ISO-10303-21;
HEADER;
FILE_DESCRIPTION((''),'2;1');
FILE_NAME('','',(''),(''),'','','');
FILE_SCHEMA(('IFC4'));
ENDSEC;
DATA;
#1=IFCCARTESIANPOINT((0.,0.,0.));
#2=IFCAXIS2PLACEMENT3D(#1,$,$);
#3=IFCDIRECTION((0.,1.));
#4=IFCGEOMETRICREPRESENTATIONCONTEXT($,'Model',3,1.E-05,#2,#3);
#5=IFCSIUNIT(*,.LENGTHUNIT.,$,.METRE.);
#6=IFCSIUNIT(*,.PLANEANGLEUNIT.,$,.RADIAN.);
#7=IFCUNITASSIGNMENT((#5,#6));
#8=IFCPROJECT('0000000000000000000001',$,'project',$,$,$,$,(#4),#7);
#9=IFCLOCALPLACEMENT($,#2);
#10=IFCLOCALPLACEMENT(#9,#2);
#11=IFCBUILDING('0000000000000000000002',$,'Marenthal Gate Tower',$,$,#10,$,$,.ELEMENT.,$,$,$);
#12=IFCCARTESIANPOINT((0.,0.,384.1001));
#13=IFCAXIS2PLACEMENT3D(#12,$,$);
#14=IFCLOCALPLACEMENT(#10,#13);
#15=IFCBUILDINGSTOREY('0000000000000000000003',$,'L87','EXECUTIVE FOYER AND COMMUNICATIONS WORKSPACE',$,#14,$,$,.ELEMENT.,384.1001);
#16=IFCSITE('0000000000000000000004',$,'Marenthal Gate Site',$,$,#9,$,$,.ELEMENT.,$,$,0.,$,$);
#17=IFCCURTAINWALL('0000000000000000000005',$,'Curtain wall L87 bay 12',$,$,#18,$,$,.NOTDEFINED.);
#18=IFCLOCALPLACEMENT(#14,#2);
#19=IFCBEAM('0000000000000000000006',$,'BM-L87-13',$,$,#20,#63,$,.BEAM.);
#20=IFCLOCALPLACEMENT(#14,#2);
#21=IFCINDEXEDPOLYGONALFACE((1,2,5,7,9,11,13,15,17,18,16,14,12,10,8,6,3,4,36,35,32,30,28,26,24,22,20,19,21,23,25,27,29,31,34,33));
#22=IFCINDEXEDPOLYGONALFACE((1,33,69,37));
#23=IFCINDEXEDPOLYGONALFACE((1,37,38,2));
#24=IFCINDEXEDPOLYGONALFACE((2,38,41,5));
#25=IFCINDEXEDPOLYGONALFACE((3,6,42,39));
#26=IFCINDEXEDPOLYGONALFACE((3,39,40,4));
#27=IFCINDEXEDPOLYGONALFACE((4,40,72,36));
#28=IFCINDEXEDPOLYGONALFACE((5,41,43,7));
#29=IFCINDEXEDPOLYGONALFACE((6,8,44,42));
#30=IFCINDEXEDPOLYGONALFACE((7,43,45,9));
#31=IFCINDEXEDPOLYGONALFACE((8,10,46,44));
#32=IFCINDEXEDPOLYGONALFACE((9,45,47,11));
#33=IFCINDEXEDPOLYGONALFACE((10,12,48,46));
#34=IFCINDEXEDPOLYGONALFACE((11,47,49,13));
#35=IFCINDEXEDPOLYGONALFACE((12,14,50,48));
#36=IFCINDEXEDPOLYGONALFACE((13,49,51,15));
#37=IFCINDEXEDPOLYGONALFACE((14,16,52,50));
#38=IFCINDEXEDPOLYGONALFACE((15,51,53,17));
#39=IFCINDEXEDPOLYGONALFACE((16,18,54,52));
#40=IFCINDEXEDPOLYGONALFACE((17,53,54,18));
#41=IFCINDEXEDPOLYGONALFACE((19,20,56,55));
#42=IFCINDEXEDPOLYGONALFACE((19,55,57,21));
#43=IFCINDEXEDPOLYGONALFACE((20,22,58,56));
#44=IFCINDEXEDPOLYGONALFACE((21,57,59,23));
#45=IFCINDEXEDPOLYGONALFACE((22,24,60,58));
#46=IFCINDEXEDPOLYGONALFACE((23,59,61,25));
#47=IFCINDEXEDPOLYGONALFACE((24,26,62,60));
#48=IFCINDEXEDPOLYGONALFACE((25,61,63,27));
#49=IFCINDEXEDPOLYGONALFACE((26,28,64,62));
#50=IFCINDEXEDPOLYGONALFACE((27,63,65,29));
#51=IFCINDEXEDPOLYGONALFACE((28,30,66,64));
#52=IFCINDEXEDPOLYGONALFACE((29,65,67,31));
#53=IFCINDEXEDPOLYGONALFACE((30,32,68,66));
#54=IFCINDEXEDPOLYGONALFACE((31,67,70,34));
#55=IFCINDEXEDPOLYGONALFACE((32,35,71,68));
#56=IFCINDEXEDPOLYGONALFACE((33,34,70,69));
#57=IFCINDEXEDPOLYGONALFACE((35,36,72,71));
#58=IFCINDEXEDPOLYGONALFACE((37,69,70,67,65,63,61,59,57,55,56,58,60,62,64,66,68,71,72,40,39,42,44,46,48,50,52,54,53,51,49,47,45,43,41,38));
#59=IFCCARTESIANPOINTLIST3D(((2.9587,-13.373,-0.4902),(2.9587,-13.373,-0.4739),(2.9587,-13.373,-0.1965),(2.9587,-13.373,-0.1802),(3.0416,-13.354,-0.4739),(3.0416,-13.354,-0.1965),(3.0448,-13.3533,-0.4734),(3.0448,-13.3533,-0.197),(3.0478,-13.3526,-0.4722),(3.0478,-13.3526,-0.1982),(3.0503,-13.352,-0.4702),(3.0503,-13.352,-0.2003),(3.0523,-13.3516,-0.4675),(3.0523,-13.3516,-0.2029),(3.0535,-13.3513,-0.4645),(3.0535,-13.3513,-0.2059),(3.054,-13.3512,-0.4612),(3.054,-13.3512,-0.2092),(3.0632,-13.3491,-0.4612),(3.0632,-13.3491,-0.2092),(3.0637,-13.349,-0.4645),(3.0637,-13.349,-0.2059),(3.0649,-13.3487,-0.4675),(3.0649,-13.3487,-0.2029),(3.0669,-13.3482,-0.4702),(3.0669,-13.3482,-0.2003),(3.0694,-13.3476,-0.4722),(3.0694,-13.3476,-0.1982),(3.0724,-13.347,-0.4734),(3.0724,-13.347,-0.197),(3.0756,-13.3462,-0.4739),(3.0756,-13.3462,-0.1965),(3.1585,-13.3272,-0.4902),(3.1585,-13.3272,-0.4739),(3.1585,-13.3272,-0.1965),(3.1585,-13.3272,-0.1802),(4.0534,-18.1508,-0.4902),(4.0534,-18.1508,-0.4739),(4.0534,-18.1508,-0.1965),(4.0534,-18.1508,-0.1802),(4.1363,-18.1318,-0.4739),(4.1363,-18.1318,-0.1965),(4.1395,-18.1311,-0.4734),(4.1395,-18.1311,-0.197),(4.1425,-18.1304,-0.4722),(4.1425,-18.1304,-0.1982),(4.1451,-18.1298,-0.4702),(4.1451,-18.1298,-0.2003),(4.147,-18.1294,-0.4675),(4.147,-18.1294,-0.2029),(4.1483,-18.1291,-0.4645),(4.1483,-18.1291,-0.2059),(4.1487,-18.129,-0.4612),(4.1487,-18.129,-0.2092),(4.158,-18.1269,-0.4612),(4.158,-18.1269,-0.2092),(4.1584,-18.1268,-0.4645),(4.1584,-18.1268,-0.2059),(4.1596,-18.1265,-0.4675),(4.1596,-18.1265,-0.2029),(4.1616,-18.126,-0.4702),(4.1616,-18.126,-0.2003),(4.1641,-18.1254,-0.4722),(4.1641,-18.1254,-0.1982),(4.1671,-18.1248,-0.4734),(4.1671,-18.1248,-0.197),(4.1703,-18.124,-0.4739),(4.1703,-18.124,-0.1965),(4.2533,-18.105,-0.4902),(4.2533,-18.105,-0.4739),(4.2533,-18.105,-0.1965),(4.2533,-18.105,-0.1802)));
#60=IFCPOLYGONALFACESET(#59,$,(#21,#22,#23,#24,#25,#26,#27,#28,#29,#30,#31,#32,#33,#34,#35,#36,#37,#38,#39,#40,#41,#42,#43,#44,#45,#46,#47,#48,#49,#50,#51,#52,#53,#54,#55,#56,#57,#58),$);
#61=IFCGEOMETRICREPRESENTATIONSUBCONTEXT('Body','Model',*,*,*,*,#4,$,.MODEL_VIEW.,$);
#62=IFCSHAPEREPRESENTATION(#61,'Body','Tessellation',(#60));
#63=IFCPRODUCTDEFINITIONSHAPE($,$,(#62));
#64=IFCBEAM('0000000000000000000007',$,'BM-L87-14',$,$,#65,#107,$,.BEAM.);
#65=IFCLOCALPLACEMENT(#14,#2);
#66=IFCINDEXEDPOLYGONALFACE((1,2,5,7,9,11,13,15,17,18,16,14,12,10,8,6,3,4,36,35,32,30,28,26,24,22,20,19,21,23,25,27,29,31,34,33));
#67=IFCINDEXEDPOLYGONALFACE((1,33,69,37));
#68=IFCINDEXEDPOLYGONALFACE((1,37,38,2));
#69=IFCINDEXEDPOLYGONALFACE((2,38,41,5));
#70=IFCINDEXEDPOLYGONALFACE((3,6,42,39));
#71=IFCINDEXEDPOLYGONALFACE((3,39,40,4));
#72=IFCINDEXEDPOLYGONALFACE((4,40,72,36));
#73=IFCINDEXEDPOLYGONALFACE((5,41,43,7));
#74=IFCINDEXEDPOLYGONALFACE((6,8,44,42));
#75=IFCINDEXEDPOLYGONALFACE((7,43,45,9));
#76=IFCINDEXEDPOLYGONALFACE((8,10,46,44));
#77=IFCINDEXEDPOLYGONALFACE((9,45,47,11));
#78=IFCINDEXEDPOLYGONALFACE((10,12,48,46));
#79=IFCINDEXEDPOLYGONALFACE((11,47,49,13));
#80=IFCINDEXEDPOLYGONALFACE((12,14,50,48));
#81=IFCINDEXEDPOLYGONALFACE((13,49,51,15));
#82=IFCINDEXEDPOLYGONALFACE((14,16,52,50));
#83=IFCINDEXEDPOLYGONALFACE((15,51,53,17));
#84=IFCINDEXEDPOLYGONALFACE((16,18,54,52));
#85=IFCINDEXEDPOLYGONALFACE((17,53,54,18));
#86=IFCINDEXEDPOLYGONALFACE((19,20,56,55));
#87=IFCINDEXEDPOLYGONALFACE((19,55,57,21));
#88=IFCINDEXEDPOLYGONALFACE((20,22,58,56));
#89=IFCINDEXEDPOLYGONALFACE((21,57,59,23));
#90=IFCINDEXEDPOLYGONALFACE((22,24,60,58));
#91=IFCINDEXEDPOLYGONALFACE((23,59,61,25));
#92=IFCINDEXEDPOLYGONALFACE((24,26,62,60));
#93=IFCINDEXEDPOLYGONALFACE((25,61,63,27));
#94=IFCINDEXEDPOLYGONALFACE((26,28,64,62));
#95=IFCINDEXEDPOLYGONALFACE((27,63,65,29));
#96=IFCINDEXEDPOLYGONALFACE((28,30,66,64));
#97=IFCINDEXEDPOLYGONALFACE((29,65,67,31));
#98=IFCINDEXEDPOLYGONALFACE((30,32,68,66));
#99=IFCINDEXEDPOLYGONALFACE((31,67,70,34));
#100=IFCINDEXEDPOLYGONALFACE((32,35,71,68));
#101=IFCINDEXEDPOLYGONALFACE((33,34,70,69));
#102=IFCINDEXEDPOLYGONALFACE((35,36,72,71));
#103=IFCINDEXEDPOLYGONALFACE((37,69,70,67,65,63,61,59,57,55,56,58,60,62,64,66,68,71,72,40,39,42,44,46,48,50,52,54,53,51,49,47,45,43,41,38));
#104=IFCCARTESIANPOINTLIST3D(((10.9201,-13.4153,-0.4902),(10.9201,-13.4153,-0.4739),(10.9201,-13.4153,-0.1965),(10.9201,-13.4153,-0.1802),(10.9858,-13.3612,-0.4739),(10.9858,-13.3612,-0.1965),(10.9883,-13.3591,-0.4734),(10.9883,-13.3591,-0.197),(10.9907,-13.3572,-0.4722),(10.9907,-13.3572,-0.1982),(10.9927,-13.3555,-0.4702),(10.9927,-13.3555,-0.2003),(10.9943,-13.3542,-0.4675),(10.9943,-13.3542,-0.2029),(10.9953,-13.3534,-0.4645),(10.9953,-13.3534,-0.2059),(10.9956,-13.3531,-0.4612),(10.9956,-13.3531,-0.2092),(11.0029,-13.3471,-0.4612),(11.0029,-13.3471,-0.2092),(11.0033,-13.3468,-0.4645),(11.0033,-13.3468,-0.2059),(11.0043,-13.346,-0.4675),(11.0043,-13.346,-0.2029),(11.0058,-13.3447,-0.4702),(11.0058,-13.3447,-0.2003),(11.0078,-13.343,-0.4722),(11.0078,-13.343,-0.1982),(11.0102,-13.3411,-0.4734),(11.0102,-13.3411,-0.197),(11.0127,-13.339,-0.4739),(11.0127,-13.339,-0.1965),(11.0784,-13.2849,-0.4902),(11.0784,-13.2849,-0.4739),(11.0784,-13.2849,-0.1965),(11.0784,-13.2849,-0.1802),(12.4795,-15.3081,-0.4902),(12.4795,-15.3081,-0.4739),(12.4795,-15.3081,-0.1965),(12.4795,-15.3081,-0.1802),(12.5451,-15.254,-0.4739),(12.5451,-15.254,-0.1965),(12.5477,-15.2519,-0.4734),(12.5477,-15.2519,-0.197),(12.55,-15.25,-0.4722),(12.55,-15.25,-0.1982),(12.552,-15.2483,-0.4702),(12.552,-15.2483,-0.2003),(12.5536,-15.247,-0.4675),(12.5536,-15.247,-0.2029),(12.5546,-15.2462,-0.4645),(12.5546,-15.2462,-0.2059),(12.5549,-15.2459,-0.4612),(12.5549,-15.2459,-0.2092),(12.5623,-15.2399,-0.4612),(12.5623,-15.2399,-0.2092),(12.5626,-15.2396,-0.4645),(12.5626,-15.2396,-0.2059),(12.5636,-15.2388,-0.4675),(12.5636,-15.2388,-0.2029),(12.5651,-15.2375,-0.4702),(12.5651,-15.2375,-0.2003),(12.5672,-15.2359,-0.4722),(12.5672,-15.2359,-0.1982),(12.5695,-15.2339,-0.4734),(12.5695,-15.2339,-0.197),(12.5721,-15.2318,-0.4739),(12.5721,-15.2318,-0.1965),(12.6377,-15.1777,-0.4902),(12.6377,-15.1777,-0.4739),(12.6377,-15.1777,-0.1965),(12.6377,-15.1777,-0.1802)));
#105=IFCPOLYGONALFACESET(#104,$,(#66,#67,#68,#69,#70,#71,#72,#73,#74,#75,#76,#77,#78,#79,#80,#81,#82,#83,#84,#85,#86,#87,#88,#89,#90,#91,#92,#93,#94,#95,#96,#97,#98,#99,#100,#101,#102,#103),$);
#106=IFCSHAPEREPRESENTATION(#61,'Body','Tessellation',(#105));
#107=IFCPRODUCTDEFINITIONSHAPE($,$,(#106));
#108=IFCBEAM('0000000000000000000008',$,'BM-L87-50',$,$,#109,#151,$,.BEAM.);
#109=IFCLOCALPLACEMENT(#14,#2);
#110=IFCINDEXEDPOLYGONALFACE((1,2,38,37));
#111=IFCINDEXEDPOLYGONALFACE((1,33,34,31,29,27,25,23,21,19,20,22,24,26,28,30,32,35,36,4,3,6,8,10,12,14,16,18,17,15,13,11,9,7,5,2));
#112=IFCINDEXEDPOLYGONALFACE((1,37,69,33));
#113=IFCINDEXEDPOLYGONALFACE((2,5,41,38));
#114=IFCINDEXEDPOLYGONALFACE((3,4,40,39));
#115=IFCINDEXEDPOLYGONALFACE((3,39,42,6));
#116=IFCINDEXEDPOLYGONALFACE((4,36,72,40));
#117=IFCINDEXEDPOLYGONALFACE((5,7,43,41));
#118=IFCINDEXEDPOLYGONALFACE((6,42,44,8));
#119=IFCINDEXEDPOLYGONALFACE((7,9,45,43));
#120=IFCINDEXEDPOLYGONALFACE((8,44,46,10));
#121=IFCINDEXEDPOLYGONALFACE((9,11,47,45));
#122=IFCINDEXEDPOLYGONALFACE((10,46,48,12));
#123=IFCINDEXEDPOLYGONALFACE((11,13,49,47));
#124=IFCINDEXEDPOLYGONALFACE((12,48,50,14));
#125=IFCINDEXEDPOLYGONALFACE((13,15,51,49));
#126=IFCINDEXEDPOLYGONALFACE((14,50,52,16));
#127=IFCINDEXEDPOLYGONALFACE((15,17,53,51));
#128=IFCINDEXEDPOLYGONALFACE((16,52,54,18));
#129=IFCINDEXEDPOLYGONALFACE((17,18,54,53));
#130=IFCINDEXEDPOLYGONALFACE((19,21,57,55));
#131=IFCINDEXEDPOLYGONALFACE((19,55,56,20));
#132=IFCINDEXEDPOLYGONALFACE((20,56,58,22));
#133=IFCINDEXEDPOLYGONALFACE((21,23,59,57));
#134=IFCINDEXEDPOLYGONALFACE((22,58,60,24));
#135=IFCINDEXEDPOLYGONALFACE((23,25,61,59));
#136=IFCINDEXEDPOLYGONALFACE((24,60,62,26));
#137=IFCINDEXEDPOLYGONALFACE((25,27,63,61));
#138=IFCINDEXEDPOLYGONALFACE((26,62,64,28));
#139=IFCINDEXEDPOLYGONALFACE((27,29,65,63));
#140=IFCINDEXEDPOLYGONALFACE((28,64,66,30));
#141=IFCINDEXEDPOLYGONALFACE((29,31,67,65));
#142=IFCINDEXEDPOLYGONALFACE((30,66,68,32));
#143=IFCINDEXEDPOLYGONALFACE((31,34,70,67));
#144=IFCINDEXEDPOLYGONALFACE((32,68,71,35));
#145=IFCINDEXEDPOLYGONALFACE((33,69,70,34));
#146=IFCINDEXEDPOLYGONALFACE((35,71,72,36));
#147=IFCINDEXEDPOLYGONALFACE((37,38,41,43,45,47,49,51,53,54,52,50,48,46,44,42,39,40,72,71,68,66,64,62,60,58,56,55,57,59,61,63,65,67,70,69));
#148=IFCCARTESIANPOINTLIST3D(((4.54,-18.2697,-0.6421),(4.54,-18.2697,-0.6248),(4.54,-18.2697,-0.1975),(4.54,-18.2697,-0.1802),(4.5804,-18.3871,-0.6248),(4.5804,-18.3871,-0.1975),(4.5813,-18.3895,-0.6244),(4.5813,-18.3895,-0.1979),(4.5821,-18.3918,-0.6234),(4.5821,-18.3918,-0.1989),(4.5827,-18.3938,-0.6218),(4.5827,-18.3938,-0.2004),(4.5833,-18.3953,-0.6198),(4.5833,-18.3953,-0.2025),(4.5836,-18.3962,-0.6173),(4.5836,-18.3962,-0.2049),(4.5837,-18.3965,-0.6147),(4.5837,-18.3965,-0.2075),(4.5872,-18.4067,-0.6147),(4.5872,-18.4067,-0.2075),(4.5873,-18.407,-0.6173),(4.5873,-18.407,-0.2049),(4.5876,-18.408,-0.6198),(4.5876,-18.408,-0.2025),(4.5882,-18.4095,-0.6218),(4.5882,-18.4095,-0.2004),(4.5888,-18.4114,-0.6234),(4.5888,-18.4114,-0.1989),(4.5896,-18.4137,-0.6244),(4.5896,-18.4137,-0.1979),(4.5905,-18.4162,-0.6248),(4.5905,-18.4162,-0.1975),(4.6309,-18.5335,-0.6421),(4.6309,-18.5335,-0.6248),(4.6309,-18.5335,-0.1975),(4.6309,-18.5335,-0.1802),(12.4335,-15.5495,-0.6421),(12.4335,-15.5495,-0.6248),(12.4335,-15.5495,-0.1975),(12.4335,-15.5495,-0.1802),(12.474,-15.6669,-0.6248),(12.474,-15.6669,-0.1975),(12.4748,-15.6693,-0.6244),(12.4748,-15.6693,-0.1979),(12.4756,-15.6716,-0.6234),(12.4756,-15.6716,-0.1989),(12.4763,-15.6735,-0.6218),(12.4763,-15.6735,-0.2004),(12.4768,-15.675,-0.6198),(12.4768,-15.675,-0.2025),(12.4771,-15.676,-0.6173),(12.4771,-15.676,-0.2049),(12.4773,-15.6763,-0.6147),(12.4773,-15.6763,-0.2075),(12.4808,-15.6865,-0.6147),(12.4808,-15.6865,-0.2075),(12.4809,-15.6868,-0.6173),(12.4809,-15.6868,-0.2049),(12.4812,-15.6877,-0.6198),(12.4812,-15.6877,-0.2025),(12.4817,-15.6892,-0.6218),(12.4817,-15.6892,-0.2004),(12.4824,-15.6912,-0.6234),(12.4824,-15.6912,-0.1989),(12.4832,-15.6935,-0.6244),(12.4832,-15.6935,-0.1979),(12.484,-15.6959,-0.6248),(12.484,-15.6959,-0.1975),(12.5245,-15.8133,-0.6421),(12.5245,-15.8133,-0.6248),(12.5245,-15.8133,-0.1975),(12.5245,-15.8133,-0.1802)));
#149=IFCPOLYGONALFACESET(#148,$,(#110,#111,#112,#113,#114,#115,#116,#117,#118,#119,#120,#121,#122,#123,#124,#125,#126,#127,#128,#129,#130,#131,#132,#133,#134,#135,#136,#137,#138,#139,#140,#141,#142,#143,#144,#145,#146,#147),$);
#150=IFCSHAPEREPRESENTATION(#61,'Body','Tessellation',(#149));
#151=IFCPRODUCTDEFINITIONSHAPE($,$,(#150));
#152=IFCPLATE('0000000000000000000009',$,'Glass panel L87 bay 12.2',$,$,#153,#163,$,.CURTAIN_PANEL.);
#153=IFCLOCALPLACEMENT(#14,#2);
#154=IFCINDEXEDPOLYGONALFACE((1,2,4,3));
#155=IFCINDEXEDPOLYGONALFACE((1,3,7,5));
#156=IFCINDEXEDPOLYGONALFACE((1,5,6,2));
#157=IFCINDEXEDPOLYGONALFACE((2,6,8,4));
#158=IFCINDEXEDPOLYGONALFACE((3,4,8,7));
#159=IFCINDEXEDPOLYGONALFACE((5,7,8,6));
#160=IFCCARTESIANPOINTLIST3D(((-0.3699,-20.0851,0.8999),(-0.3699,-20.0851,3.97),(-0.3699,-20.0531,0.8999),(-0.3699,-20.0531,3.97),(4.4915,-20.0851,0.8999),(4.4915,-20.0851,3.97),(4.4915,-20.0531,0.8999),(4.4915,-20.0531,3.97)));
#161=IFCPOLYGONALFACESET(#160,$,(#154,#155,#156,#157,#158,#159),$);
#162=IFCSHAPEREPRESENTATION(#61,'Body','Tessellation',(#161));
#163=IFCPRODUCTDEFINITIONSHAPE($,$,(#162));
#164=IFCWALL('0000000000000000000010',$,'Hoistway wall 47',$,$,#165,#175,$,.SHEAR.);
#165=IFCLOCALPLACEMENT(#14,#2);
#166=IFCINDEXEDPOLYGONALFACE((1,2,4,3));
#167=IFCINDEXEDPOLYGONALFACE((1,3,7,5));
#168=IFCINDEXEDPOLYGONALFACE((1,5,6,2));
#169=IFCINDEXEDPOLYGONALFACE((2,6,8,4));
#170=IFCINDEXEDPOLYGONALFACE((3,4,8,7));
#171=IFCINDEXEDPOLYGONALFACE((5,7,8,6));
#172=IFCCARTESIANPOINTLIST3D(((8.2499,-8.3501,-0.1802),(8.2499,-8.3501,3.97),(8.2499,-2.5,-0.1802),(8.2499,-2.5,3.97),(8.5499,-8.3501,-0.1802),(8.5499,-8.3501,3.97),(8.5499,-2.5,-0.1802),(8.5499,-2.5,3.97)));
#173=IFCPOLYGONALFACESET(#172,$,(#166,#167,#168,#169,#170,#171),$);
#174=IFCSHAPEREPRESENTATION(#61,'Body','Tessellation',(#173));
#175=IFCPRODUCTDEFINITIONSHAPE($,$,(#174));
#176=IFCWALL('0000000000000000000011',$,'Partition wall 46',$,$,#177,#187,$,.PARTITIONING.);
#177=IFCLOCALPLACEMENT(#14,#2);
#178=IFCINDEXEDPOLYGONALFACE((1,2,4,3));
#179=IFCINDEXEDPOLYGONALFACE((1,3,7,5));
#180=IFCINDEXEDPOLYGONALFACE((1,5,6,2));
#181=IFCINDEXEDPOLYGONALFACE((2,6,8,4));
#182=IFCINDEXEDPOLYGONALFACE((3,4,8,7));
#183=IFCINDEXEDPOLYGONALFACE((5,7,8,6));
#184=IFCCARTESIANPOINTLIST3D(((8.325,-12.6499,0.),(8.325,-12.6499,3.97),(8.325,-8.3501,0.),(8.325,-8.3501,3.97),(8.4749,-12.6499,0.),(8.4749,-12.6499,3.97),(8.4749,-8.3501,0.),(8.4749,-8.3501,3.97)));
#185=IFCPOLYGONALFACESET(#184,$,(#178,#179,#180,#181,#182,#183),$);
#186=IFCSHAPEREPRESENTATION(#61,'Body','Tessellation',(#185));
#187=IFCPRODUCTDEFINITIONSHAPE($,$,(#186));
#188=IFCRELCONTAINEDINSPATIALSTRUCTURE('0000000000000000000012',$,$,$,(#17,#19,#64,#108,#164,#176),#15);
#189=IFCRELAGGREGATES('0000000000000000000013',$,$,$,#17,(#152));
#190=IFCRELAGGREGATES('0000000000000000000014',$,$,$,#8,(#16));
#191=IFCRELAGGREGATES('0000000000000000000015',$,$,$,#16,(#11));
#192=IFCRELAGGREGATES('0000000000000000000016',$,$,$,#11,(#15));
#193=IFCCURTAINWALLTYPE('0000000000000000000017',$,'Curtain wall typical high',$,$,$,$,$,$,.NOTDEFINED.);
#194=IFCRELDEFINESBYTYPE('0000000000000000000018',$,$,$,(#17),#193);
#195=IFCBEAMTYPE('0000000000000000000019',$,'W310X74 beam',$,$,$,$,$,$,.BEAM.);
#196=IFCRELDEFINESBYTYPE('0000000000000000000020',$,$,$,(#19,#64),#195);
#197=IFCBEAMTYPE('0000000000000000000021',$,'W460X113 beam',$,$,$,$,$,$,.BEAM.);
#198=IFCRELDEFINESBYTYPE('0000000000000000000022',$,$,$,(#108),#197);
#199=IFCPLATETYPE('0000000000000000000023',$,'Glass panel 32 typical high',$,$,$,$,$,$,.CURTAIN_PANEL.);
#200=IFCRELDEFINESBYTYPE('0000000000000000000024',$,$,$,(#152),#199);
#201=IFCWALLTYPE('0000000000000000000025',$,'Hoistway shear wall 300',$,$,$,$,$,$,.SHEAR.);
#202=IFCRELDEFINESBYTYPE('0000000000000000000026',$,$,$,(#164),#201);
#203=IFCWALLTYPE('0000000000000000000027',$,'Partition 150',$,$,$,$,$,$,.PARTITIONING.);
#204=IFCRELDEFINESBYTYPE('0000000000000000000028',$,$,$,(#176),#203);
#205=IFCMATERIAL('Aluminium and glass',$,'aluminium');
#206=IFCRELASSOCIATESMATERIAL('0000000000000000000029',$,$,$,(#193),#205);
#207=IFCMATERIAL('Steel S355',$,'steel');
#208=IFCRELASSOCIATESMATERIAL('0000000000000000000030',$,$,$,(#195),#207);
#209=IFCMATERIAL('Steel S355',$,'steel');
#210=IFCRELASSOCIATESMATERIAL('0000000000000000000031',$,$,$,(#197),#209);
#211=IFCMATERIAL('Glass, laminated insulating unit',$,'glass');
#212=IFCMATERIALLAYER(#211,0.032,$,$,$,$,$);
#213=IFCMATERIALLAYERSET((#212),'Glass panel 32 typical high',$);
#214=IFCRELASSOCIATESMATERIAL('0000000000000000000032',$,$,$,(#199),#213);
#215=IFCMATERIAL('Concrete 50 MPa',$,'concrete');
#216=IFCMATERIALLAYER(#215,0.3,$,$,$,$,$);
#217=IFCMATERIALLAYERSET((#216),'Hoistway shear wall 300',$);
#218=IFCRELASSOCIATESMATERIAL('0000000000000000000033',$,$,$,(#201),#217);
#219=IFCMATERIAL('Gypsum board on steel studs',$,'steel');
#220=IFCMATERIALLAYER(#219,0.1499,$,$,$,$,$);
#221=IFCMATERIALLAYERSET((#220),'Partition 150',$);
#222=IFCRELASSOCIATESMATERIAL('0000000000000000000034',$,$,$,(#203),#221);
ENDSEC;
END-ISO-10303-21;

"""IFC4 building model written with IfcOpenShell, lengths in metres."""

from ifc_helpers import new_model, si_unit, direction, frame, frame_2d, origin, origin_2d, place, context, subcontext, project, spatial, rectangle, i_section, extrude, material, layer, layer_set, material_profile, profile_set, type_object, element, aggregate, save


model = new_model("IFC4")

# Units and contexts
model_context = context("Model", 3, precision=1e-05, world=origin(), true_north=direction((0.0, 1.0)))
body_context = subcontext(model_context, "Body", "Model", "MODEL_VIEW")
ifc_project = project(units=[si_unit("LENGTHUNIT", "METRE"), si_unit("PLANEANGLEUNIT", "RADIAN")], contexts=[model_context])

# Site, building, storey
site_placement = place(None, origin())
site = spatial("IfcSite", under=ifc_project, at=site_placement, Name="Marenthal Gate Site", CompositionType="ELEMENT", RefElevation=0.0)
building_placement = place(site_placement, origin())
building = spatial("IfcBuilding", under=site, at=building_placement, Name="Marenthal Gate Tower", CompositionType="ELEMENT")
storey_placement = place(building_placement, frame((0.0, 0.0, 384.1001)))
storey = spatial("IfcBuildingStorey", under=building, at=storey_placement, Name="L87", Description="EXECUTIVE FOYER AND COMMUNICATIONS WORKSPACE", CompositionType="ELEMENT", Elevation=384.1001)

# Curtain wall
ifc_material_1 = material(Name="Aluminium and glass", Category="aluminium")
curtain_wall_type = type_object("IfcCurtainWallType", Name="Curtain wall typical high", PredefinedType="NOTDEFINED", material=ifc_material_1)
curtain_wall_placement = place(storey_placement, origin())
curtain_wall = element("IfcCurtainWall", 1, at=curtain_wall_placement, inside=storey, type_object=curtain_wall_type, Name="Curtain wall L87 bay 12", PredefinedType="NOTDEFINED")

# Beams
ifc_material_2 = material(Name="Steel S355", Category="steel")
ifc_material_profile_1 = material_profile(ifc_material_2, i_section(OverallWidth=0.2051, OverallDepth=0.3101, WebThickness=0.0095, FlangeThickness=0.0164, FilletRadius=0.0127, at=origin_2d()), Name="W310X74")
ifc_profile_set_1 = profile_set([ifc_material_profile_1], Name="Steel S355")
beam_type_1 = type_object("IfcBeamType", Name="W310X74 beam", PredefinedType="BEAM", material=ifc_profile_set_1)
beam_1_placement = place(storey_placement, frame((4.1533, -18.1279, -0.3352), z_axis=(-0.223339, 0.974741, 0.0), x_axis=(-0.974741, -0.223339, 0.0)))
element("IfcBeam", 2, at=beam_1_placement, inside=storey, type_object=beam_type_1, Name="BM-L87-13", PredefinedType="BEAM", context=body_context, shape_type="SweptSolid", body=[
    extrude(i_section(OverallWidth=0.2051, OverallDepth=0.3101, WebThickness=0.0095, FlangeThickness=0.0164, FilletRadius=0.0127, at=origin_2d()), origin(), (0.0, 0.0, 1.0), 4.9016),
])
beam_2_placement = place(storey_placement, frame((12.5586, -15.2429, -0.3352), z_axis=(-0.635836, 0.771824, 0.0), x_axis=(-0.771824, -0.635836, 0.0)))
element("IfcBeam", 3, at=beam_2_placement, inside=storey, type_object=beam_type_1, Name="BM-L87-14", PredefinedType="BEAM", context=body_context, shape_type="SweptSolid", body=[
    extrude(i_section(OverallWidth=0.2051, OverallDepth=0.3101, WebThickness=0.0095, FlangeThickness=0.0164, FilletRadius=0.0127, at=origin_2d()), origin(), (0.0, 0.0, 1.0), 2.4524),
])
ifc_material_3 = material(Name="Steel S355", Category="steel")
ifc_material_profile_2 = material_profile(ifc_material_3, i_section(OverallWidth=0.2791, OverallDepth=0.4619, WebThickness=0.0107, FlangeThickness=0.0173, FilletRadius=0.01, at=origin_2d()), Name="W460X113")
ifc_profile_set_2 = profile_set([ifc_material_profile_2], Name="Steel S355")
beam_type_2 = type_object("IfcBeamType", Name="W460X113 beam", PredefinedType="BEAM", material=ifc_profile_set_2)
beam_3_placement = place(storey_placement, frame((4.5854, -18.4016, -0.4111), z_axis=(0.945436, 0.325809, 0.0), x_axis=(-0.325809, 0.945436, 0.0)))
element("IfcBeam", 4, at=beam_3_placement, inside=storey, type_object=beam_type_2, Name="BM-L87-50", PredefinedType="BEAM", context=body_context, shape_type="SweptSolid", body=[
    extrude(i_section(OverallWidth=0.2791, OverallDepth=0.4619, WebThickness=0.0107, FlangeThickness=0.0173, FilletRadius=0.01, at=origin_2d()), origin(), (0.0, 0.0, 1.0), 8.3491),
])

# Plate
ifc_material_4 = material(Name="Glass, laminated insulating unit", Category="glass")
ifc_layer_1 = layer(ifc_material_4, 0.032)
ifc_layer_set_1 = layer_set([ifc_layer_1], Name="Glass panel 32 typical high")
plate_type = type_object("IfcPlateType", Name="Glass panel 32 typical high", PredefinedType="CURTAIN_PANEL", material=ifc_layer_set_1)
plate_placement = place(storey_placement, frame((2.0608, -20.0691, 0.8999), z_axis=(0.0, 0.0, 1.0), x_axis=(1.0, 0.0, 0.0)))
plate = element("IfcPlate", 5, at=plate_placement, type_object=plate_type, Name="Glass panel L87 bay 12.2", PredefinedType="CURTAIN_PANEL", context=body_context, shape_type="SweptSolid", body=[
    extrude(rectangle(XDim=4.8613, YDim=0.032, at=origin_2d()), origin(), (0.0, 0.0, 1.0), 3.0701),
])
aggregate(curtain_wall, [plate])

# Walls
ifc_material_5 = material(Name="Concrete 50 MPa", Category="concrete")
ifc_layer_2 = layer(ifc_material_5, 0.3)
ifc_layer_set_2 = layer_set([ifc_layer_2], Name="Hoistway shear wall 300")
wall_type_1 = type_object("IfcWallType", Name="Hoistway shear wall 300", PredefinedType="SHEAR", material=ifc_layer_set_2)
wall_1_placement = place(storey_placement, frame((8.3999, -8.3501, -0.1802), z_axis=(0.0, 0.0, 1.0), x_axis=(0.0, 1.0, 0.0)))
element("IfcWall", 6, at=wall_1_placement, inside=storey, type_object=wall_type_1, Name="Hoistway wall 47", PredefinedType="SHEAR", context=body_context, shape_type="SweptSolid", body=[
    extrude(rectangle(XDim=5.8501, YDim=0.3, at=frame_2d((2.925, 0.0))), origin(), (0.0, 0.0, 1.0), 4.1501),
])
ifc_material_6 = material(Name="Gypsum board on steel studs", Category="steel")
ifc_layer_3 = layer(ifc_material_6, 0.1499)
ifc_layer_set_3 = layer_set([ifc_layer_3], Name="Partition 150")
wall_type_2 = type_object("IfcWallType", Name="Partition 150", PredefinedType="PARTITIONING", material=ifc_layer_set_3)
wall_2_placement = place(storey_placement, frame((8.3999, -12.6499, 0.0), z_axis=(0.0, 0.0, 1.0), x_axis=(0.0, 1.0, 0.0)))
element("IfcWall", 7, at=wall_2_placement, inside=storey, type_object=wall_type_2, Name="Partition wall 46", PredefinedType="PARTITIONING", context=body_context, shape_type="SweptSolid", body=[
    extrude(rectangle(XDim=4.2998, YDim=0.1499, at=frame_2d((2.1499, 0.0))), origin(), (0.0, 0.0, 1.0), 3.97),
])

save(model, "model.ifc")
